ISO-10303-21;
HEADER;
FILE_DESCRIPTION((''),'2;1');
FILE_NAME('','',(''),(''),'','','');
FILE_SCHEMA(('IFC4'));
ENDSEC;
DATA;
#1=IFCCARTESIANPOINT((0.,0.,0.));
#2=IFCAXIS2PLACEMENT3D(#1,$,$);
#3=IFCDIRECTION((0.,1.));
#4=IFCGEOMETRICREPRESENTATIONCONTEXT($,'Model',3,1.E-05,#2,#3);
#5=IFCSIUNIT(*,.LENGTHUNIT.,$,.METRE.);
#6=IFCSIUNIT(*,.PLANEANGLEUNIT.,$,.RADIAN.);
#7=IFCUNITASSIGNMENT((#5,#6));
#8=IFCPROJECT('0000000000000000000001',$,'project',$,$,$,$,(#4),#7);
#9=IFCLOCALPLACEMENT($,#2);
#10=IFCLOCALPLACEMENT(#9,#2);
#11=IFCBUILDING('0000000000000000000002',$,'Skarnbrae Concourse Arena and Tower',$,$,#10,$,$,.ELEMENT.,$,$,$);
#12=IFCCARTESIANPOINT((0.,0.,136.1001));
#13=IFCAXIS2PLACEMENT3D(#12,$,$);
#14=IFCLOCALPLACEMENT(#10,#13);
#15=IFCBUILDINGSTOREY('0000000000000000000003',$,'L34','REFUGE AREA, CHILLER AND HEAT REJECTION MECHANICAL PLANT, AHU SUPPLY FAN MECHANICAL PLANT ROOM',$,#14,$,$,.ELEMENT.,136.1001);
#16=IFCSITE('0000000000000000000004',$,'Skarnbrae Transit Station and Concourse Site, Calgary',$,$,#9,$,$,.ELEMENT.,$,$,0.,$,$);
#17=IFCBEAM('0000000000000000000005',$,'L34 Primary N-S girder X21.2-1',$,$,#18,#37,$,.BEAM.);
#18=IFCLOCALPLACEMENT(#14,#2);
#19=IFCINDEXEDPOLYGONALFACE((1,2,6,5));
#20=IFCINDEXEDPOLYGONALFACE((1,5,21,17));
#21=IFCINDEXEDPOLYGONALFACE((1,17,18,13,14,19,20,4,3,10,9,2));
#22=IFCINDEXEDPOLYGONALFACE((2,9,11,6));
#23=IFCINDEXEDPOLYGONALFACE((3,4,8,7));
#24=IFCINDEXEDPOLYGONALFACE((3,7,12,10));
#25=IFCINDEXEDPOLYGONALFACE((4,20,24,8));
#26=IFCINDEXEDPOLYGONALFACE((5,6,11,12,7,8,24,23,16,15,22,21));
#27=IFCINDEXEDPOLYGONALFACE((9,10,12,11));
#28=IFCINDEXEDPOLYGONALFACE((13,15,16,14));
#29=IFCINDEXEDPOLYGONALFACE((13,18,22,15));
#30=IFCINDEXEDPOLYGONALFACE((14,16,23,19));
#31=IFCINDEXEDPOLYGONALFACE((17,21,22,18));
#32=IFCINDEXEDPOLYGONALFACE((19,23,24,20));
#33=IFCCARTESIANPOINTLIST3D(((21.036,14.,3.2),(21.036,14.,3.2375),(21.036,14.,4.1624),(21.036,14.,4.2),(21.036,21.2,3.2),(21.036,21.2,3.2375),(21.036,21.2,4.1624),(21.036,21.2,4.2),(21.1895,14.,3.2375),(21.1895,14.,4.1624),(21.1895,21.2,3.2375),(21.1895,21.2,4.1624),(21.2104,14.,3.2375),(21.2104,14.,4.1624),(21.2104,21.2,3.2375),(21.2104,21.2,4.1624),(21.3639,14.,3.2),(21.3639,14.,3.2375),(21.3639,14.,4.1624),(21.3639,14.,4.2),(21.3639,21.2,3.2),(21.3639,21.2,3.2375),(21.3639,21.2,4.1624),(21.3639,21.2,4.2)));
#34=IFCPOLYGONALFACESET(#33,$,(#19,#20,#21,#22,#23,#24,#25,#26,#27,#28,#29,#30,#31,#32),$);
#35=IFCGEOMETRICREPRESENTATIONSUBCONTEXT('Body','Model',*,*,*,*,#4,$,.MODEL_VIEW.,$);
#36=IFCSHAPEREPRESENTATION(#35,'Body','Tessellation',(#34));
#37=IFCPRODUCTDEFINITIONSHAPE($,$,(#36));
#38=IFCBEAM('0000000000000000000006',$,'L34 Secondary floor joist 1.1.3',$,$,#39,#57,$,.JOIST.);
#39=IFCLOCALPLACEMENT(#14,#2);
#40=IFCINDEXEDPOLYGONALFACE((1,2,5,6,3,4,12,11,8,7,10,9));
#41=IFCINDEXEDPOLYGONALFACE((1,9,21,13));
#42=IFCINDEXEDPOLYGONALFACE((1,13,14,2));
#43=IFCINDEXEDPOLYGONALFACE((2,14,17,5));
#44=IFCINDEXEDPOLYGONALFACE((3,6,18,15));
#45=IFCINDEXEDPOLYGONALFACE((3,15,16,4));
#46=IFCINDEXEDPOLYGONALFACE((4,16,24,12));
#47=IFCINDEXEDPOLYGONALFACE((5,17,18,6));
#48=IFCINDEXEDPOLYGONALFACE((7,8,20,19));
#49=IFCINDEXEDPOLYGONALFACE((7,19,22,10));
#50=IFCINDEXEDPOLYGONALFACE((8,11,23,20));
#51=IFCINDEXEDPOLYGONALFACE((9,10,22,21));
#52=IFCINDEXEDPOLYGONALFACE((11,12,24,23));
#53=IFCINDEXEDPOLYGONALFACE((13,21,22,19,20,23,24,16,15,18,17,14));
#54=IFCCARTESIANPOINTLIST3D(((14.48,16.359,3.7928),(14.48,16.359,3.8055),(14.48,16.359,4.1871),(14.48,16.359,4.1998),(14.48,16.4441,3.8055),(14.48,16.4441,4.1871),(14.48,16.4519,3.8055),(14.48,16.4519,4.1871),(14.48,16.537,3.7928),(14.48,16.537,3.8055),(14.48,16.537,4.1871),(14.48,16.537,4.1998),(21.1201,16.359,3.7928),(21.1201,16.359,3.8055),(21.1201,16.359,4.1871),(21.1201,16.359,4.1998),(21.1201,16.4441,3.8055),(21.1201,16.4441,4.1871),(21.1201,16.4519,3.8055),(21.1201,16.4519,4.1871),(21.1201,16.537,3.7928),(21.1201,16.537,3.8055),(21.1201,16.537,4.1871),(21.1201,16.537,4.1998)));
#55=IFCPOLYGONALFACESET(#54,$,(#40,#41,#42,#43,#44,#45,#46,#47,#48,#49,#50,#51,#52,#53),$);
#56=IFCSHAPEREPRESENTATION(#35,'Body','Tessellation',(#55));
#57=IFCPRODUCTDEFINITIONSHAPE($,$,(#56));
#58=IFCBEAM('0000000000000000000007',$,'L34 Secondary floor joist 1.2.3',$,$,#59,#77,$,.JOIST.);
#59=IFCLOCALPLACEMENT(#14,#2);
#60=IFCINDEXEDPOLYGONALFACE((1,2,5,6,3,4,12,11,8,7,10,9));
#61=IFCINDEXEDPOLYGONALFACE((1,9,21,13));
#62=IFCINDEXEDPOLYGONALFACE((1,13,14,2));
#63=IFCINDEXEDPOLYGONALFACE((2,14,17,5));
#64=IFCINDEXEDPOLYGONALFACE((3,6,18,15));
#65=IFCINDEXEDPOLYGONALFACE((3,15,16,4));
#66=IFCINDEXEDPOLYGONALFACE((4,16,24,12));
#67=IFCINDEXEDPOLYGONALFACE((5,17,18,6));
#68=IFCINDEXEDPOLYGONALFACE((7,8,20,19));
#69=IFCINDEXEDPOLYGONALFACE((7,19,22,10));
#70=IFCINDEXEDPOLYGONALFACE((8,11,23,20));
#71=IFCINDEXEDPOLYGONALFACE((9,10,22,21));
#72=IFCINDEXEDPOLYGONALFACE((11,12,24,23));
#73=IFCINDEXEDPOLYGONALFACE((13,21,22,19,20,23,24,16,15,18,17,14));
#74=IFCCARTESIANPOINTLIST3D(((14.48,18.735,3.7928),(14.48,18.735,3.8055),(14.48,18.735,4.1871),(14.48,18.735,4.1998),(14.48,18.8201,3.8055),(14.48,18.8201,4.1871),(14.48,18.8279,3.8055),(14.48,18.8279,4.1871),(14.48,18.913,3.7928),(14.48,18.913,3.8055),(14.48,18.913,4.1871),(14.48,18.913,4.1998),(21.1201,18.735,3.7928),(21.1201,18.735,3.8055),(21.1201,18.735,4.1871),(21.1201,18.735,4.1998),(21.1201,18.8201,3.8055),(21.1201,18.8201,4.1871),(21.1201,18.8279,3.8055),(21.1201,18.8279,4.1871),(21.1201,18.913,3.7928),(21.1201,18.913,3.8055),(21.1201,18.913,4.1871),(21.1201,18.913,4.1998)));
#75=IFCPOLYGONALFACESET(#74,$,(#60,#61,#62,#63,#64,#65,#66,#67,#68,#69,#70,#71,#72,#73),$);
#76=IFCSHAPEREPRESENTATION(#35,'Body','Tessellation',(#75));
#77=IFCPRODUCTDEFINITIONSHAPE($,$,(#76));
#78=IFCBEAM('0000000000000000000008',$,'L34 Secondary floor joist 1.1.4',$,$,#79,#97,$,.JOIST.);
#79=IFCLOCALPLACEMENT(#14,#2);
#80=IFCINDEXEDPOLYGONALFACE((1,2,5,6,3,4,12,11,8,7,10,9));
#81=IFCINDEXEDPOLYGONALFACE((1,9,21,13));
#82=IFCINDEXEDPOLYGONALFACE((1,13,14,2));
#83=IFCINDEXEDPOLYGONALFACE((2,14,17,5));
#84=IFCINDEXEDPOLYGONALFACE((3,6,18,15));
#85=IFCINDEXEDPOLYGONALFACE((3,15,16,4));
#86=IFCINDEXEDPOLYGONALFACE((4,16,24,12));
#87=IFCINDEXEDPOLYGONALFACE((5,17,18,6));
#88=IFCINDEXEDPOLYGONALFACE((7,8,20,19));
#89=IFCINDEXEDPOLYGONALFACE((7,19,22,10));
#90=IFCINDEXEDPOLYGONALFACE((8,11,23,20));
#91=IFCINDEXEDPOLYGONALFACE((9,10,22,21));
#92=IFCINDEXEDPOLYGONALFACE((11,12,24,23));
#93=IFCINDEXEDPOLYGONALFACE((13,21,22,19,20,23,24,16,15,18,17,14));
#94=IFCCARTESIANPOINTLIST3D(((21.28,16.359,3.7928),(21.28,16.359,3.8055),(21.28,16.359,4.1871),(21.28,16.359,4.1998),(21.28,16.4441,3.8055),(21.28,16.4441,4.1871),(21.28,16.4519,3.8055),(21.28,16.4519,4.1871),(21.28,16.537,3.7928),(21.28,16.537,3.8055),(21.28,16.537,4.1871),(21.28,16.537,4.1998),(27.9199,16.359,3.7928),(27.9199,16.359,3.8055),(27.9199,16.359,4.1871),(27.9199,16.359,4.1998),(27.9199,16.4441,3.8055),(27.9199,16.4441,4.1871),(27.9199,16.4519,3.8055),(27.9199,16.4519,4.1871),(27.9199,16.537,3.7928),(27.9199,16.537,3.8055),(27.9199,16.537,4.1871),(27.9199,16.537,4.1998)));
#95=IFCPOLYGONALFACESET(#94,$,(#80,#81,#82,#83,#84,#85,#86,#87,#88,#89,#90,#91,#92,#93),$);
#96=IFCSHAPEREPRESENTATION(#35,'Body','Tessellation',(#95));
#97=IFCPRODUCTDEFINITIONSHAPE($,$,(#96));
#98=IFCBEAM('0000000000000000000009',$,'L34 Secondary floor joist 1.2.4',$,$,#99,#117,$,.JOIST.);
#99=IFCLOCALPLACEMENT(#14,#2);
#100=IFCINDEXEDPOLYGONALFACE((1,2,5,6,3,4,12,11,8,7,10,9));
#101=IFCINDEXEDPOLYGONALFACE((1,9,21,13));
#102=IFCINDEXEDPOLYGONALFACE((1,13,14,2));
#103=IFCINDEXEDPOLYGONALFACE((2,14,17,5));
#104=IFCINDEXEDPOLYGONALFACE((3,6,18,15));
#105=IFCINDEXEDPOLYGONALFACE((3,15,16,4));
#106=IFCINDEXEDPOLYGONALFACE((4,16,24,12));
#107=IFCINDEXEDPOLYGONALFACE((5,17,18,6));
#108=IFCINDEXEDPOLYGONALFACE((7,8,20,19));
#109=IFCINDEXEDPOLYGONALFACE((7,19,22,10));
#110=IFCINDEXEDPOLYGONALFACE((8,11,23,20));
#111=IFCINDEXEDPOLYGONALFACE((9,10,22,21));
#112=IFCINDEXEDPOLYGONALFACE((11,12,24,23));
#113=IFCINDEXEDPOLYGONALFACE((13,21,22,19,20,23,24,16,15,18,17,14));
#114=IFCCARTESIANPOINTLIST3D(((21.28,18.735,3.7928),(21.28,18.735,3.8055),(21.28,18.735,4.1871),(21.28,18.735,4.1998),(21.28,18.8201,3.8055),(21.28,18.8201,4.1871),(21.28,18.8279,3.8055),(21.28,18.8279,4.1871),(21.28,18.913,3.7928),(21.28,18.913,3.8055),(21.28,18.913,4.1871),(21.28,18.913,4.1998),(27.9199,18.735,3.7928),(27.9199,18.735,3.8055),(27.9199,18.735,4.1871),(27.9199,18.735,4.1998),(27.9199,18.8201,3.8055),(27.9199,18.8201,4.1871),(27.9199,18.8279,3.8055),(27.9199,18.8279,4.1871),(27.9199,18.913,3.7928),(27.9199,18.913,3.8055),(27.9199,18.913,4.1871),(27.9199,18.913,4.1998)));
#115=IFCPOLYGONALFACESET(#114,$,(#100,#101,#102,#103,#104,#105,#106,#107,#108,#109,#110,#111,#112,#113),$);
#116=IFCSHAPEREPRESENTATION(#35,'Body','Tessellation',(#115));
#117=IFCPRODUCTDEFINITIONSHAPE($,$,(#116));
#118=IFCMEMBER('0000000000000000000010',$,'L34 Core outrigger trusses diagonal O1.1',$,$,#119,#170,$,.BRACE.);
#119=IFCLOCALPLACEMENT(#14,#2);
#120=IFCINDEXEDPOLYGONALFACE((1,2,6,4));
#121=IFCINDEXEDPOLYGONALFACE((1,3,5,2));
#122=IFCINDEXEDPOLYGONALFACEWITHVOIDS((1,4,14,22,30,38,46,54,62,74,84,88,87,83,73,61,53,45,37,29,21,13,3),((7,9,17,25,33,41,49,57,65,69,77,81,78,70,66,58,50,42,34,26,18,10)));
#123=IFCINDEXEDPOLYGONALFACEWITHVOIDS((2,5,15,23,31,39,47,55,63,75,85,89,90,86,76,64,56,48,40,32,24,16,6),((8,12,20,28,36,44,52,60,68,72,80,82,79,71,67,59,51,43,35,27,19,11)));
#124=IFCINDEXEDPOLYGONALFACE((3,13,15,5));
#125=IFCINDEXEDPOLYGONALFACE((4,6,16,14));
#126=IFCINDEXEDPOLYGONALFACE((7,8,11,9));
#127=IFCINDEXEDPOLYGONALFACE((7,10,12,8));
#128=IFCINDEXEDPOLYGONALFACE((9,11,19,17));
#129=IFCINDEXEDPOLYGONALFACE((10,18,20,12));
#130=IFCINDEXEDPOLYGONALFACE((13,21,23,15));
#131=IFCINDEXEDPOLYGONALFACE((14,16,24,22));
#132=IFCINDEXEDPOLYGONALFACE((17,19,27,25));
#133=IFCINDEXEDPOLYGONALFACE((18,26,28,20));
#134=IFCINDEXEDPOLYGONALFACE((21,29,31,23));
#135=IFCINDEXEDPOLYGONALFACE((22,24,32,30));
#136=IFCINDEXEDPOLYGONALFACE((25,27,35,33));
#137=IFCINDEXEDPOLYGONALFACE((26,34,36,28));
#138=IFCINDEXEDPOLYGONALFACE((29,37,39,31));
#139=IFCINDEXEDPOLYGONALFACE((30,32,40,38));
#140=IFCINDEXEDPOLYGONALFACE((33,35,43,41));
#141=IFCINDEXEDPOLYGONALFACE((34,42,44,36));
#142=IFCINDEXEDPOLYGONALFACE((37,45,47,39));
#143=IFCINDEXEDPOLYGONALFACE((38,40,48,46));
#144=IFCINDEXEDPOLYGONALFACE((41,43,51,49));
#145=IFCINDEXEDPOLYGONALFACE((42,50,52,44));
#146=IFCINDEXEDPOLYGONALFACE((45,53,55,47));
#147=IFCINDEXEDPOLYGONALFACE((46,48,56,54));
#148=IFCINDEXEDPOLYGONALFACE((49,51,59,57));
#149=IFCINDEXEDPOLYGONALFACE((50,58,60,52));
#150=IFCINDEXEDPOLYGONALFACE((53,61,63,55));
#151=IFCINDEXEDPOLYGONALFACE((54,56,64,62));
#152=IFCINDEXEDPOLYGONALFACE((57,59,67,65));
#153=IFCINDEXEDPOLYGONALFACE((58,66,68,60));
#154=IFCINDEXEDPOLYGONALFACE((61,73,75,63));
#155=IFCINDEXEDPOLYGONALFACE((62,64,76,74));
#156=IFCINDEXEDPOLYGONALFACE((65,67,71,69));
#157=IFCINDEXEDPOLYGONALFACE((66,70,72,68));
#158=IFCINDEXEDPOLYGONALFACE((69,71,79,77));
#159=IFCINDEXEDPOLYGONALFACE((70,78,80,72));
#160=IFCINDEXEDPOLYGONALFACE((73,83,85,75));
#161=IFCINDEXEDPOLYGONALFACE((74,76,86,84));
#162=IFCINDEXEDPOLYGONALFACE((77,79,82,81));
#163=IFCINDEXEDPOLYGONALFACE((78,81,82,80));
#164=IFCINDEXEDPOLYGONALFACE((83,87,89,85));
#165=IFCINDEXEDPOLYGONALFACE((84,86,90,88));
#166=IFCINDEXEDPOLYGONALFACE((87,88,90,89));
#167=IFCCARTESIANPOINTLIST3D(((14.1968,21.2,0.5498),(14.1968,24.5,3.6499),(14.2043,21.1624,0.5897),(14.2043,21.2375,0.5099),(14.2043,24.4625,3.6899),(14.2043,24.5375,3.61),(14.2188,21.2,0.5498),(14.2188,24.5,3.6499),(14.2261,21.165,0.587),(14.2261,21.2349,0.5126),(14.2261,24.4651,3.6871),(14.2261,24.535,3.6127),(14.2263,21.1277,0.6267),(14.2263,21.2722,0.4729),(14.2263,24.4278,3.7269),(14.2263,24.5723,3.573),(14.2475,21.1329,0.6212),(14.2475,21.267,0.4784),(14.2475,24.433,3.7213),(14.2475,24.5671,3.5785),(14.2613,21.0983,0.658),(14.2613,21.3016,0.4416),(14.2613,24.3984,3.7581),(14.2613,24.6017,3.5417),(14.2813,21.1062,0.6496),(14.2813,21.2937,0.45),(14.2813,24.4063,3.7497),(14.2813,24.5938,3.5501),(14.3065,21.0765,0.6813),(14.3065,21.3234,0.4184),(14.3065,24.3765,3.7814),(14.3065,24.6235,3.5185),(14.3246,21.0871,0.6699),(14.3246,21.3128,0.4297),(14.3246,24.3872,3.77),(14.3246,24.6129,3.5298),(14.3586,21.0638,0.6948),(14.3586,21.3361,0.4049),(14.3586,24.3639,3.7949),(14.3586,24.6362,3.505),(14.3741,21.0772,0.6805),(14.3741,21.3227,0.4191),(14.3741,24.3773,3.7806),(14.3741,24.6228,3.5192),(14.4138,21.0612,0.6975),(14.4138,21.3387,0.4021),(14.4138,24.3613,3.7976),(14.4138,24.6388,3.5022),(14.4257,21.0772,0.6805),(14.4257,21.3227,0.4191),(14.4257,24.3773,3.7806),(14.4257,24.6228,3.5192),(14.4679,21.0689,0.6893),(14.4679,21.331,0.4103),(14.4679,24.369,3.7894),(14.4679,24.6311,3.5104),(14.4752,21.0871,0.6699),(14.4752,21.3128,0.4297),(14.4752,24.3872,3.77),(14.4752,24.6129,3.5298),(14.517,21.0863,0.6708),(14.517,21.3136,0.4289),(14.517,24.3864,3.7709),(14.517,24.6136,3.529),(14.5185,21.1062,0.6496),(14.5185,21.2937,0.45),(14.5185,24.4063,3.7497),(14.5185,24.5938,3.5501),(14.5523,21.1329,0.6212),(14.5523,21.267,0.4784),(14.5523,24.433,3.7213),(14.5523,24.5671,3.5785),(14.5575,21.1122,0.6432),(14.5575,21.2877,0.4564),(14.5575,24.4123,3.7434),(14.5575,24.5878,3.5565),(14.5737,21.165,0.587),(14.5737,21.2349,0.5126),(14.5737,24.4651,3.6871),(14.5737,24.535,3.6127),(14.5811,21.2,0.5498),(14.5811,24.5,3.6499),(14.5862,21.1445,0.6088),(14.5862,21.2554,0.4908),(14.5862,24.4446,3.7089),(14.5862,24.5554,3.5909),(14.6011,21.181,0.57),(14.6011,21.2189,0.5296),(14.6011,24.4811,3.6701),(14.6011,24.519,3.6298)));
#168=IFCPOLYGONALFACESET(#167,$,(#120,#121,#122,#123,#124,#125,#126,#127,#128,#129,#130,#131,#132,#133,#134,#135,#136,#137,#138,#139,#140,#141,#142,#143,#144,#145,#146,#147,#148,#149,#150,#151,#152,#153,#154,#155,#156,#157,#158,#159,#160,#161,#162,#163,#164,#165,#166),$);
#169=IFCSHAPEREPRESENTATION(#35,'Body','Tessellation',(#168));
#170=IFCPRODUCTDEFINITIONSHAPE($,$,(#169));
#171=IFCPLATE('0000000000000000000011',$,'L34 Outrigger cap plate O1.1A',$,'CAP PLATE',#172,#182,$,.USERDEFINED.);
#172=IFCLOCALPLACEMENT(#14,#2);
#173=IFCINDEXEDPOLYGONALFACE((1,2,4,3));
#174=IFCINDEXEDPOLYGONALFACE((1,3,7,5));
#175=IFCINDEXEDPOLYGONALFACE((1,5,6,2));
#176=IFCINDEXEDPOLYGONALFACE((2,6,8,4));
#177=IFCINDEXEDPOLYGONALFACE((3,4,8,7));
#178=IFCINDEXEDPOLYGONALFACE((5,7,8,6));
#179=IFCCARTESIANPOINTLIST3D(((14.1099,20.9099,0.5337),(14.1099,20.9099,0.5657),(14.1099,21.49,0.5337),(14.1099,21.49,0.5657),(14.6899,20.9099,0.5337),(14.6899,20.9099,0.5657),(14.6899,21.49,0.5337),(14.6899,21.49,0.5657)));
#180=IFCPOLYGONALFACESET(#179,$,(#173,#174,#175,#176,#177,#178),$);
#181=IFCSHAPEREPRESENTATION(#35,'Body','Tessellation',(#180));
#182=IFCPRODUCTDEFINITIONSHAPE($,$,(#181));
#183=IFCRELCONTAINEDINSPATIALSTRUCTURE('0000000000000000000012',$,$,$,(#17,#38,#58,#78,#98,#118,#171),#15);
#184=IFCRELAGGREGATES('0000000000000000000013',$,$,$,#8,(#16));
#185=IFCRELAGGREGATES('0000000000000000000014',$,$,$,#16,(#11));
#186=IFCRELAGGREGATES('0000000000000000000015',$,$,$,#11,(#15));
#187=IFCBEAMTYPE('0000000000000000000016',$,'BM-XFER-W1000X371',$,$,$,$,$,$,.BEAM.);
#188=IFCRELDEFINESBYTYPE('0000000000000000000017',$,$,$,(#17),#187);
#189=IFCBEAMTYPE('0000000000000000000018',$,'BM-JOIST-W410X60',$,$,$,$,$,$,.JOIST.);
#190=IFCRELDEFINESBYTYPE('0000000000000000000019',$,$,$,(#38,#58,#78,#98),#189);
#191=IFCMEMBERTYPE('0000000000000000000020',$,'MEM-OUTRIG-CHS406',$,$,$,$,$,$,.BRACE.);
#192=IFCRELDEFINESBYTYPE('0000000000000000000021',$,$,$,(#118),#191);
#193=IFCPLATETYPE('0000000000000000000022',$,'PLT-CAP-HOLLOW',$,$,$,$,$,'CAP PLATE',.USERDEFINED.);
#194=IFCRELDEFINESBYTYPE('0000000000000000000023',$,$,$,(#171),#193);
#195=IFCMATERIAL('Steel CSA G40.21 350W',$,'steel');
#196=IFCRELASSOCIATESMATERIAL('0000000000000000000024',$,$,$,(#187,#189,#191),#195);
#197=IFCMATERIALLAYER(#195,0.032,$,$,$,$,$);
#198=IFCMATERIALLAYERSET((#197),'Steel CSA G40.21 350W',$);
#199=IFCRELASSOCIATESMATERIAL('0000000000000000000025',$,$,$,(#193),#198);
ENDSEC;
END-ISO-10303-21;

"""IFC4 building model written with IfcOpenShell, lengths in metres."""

from ifc_helpers import new_model, si_unit, direction, frame, origin, origin_2d, place, context, subcontext, project, spatial, rectangle, hollow_circle, i_section, extrude, source, transform, mapped, material, layer, layer_set, material_profile, profile_set, type_object, element, save


model = new_model("IFC4")

# Units and contexts
model_context = context("Model", 3, precision=1e-05, world=origin(), true_north=direction((0.0, 1.0)))
body_context = subcontext(model_context, "Body", "Model", "MODEL_VIEW")
ifc_project = project(units=[si_unit("LENGTHUNIT", "METRE"), si_unit("PLANEANGLEUNIT", "RADIAN")], contexts=[model_context])

# Site, building, storey
site_placement = place(None, origin())
site = spatial("IfcSite", under=ifc_project, at=site_placement, Name="Skarnbrae Transit Station and Concourse Site, Calgary", CompositionType="ELEMENT", RefElevation=0.0)
building_placement = place(site_placement, origin())
building = spatial("IfcBuilding", under=site, at=building_placement, Name="Skarnbrae Concourse Arena and Tower", CompositionType="ELEMENT")
storey_placement = place(building_placement, frame((0.0, 0.0, 136.1001)))
storey = spatial("IfcBuildingStorey", under=building, at=storey_placement, Name="L34", Description="REFUGE AREA, CHILLER AND HEAT REJECTION MECHANICAL PLANT, AHU SUPPLY FAN MECHANICAL PLANT ROOM", CompositionType="ELEMENT", Elevation=136.1001)

# Shared definitions
ifc_material_1 = material(Name="Steel CSA G40.21 350W", Category="steel")

# Beams
ifc_material_profile_1 = material_profile(ifc_material_1, i_section(OverallWidth=0.3279, OverallDepth=1.0, WebThickness=0.021, FlangeThickness=0.0376, at=origin_2d()), Name="W1000X371")
ifc_profile_set_1 = profile_set([ifc_material_profile_1], Name="Steel CSA G40.21 350W")
beam_type_1 = type_object("IfcBeamType", Name="BM-XFER-W1000X371", PredefinedType="BEAM", material=ifc_profile_set_1)
shared_shape_1 = source(origin(), body_context, "Body", "SweptSolid", [
    extrude(i_section(OverallWidth=0.3279, OverallDepth=1.0, WebThickness=0.021, FlangeThickness=0.0376, at=origin_2d()), origin(), (0.0, 0.0, 1.0), 7.2),
])
for number, where, z_axis, x_axis, name in (
    (1, (21.2, 14.0, 3.7), (0.0, 1.0, 0.0), (-1.0, 0.0, 0.0), "L34 Primary N-S girder X21.2-1"),
):
    element("IfcBeam", number, at=place(storey_placement, frame(where, z_axis=z_axis, x_axis=x_axis)), inside=storey, type_object=beam_type_1, Name=name, PredefinedType="BEAM", context=body_context, shape_type="MappedRepresentation", body=[
        mapped(shared_shape_1, transform((0.0, 0.0, 0.0))),
    ])
ifc_material_profile_2 = material_profile(ifc_material_1, i_section(OverallWidth=0.178, OverallDepth=0.407, WebThickness=0.0078, FlangeThickness=0.0127, at=origin_2d()), Name="W410X60")
ifc_profile_set_2 = profile_set([ifc_material_profile_2], Name="Steel CSA G40.21 350W")
beam_type_2 = type_object("IfcBeamType", Name="BM-JOIST-W410X60", PredefinedType="JOIST", material=ifc_profile_set_2)
shared_shape_2 = source(origin(), body_context, "Body", "SweptSolid", [
    extrude(i_section(OverallWidth=0.178, OverallDepth=0.407, WebThickness=0.0078, FlangeThickness=0.0127, at=origin_2d()), origin(), (0.0, 0.0, 1.0), 6.6401),
])
for number, where, z_axis, x_axis, name in (
    (2, (14.48, 16.448, 3.9963), (1.0, 0.0, 0.0), (0.0, 1.0, 0.0), "L34 Secondary floor joist 1.1.3"),
    (3, (14.48, 18.824, 3.9963), (1.0, 0.0, 0.0), (0.0, 1.0, 0.0), "L34 Secondary floor joist 1.2.3"),
):
    element("IfcBeam", number, at=place(storey_placement, frame(where, z_axis=z_axis, x_axis=x_axis)), inside=storey, type_object=beam_type_2, Name=name, PredefinedType="JOIST", context=body_context, shape_type="MappedRepresentation", body=[
        mapped(shared_shape_2, transform((0.0, 0.0, 0.0))),
    ])
shared_shape_3 = source(origin(), body_context, "Body", "SweptSolid", [
    extrude(i_section(OverallWidth=0.178, OverallDepth=0.407, WebThickness=0.0078, FlangeThickness=0.0127, at=origin_2d()), origin(), (0.0, 0.0, 1.0), 6.6399),
])
for number, where, z_axis, x_axis, name in (
    (4, (21.28, 16.448, 3.9963), (1.0, 0.0, 0.0), (0.0, 1.0, 0.0), "L34 Secondary floor joist 1.1.4"),
    (5, (21.28, 18.824, 3.9963), (1.0, 0.0, 0.0), (0.0, 1.0, 0.0), "L34 Secondary floor joist 1.2.4"),
):
    element("IfcBeam", number, at=place(storey_placement, frame(where, z_axis=z_axis, x_axis=x_axis)), inside=storey, type_object=beam_type_2, Name=name, PredefinedType="JOIST", context=body_context, shape_type="MappedRepresentation", body=[
        mapped(shared_shape_3, transform((0.0, 0.0, 0.0))),
    ])

# Member
ifc_material_profile_3 = material_profile(ifc_material_1, hollow_circle(Radius=0.2031, WallThickness=0.022, at=origin_2d()), Name="HSS406X22.0")
ifc_profile_set_3 = profile_set([ifc_material_profile_3], Name="Steel CSA G40.21 350W")
member_type = type_object("IfcMemberType", Name="MEM-OUTRIG-CHS406", PredefinedType="BRACE", material=ifc_profile_set_3)
shared_shape_4 = source(origin(), body_context, "Body", "SweptSolid", [
    extrude(hollow_circle(Radius=0.2031, WallThickness=0.022, at=origin_2d()), origin(), (0.0, 0.0, 1.0), 4.5278),
])
member_placement = place(storey_placement, frame((14.3999, 21.2, 0.5498), z_axis=(0.0, 0.728842, 0.684682), x_axis=(-1.0, 0.0, 0.0)))
element("IfcMember", 6, at=member_placement, inside=storey, type_object=member_type, Name="L34 Core outrigger trusses diagonal O1.1", PredefinedType="BRACE", context=body_context, shape_type="MappedRepresentation", body=[
    mapped(shared_shape_4, transform((0.0, 0.0, 0.0))),
])

# Plate
ifc_layer_1 = layer(ifc_material_1, 0.032)
ifc_layer_set_1 = layer_set([ifc_layer_1], Name="Steel CSA G40.21 350W")
plate_type_1 = type_object("IfcPlateType", Name="PLT-CAP-HOLLOW", ElementType="CAP PLATE", PredefinedType="USERDEFINED", material=ifc_layer_set_1)
shared_shape_5 = source(origin(), body_context, "Body", "SweptSolid", [
    extrude(rectangle(XDim=0.5801, YDim=0.5801, at=origin_2d()), origin(), (0.0, 0.0, 1.0), 0.032),
])
plate_1_placement = place(storey_placement, frame((14.3999, 21.2, 0.5337), z_axis=(0.0, 0.0, 1.0), x_axis=(1.0, 0.0, 0.0)))
element("IfcPlate", 7, at=plate_1_placement, inside=storey, type_object=plate_type_1, Name="L34 Outrigger cap plate O1.1A", ObjectType="CAP PLATE", PredefinedType="USERDEFINED", context=body_context, shape_type="MappedRepresentation", body=[
    mapped(shared_shape_5, transform((0.0, 0.0, 0.0))),
])

save(model, "model.ifc")
